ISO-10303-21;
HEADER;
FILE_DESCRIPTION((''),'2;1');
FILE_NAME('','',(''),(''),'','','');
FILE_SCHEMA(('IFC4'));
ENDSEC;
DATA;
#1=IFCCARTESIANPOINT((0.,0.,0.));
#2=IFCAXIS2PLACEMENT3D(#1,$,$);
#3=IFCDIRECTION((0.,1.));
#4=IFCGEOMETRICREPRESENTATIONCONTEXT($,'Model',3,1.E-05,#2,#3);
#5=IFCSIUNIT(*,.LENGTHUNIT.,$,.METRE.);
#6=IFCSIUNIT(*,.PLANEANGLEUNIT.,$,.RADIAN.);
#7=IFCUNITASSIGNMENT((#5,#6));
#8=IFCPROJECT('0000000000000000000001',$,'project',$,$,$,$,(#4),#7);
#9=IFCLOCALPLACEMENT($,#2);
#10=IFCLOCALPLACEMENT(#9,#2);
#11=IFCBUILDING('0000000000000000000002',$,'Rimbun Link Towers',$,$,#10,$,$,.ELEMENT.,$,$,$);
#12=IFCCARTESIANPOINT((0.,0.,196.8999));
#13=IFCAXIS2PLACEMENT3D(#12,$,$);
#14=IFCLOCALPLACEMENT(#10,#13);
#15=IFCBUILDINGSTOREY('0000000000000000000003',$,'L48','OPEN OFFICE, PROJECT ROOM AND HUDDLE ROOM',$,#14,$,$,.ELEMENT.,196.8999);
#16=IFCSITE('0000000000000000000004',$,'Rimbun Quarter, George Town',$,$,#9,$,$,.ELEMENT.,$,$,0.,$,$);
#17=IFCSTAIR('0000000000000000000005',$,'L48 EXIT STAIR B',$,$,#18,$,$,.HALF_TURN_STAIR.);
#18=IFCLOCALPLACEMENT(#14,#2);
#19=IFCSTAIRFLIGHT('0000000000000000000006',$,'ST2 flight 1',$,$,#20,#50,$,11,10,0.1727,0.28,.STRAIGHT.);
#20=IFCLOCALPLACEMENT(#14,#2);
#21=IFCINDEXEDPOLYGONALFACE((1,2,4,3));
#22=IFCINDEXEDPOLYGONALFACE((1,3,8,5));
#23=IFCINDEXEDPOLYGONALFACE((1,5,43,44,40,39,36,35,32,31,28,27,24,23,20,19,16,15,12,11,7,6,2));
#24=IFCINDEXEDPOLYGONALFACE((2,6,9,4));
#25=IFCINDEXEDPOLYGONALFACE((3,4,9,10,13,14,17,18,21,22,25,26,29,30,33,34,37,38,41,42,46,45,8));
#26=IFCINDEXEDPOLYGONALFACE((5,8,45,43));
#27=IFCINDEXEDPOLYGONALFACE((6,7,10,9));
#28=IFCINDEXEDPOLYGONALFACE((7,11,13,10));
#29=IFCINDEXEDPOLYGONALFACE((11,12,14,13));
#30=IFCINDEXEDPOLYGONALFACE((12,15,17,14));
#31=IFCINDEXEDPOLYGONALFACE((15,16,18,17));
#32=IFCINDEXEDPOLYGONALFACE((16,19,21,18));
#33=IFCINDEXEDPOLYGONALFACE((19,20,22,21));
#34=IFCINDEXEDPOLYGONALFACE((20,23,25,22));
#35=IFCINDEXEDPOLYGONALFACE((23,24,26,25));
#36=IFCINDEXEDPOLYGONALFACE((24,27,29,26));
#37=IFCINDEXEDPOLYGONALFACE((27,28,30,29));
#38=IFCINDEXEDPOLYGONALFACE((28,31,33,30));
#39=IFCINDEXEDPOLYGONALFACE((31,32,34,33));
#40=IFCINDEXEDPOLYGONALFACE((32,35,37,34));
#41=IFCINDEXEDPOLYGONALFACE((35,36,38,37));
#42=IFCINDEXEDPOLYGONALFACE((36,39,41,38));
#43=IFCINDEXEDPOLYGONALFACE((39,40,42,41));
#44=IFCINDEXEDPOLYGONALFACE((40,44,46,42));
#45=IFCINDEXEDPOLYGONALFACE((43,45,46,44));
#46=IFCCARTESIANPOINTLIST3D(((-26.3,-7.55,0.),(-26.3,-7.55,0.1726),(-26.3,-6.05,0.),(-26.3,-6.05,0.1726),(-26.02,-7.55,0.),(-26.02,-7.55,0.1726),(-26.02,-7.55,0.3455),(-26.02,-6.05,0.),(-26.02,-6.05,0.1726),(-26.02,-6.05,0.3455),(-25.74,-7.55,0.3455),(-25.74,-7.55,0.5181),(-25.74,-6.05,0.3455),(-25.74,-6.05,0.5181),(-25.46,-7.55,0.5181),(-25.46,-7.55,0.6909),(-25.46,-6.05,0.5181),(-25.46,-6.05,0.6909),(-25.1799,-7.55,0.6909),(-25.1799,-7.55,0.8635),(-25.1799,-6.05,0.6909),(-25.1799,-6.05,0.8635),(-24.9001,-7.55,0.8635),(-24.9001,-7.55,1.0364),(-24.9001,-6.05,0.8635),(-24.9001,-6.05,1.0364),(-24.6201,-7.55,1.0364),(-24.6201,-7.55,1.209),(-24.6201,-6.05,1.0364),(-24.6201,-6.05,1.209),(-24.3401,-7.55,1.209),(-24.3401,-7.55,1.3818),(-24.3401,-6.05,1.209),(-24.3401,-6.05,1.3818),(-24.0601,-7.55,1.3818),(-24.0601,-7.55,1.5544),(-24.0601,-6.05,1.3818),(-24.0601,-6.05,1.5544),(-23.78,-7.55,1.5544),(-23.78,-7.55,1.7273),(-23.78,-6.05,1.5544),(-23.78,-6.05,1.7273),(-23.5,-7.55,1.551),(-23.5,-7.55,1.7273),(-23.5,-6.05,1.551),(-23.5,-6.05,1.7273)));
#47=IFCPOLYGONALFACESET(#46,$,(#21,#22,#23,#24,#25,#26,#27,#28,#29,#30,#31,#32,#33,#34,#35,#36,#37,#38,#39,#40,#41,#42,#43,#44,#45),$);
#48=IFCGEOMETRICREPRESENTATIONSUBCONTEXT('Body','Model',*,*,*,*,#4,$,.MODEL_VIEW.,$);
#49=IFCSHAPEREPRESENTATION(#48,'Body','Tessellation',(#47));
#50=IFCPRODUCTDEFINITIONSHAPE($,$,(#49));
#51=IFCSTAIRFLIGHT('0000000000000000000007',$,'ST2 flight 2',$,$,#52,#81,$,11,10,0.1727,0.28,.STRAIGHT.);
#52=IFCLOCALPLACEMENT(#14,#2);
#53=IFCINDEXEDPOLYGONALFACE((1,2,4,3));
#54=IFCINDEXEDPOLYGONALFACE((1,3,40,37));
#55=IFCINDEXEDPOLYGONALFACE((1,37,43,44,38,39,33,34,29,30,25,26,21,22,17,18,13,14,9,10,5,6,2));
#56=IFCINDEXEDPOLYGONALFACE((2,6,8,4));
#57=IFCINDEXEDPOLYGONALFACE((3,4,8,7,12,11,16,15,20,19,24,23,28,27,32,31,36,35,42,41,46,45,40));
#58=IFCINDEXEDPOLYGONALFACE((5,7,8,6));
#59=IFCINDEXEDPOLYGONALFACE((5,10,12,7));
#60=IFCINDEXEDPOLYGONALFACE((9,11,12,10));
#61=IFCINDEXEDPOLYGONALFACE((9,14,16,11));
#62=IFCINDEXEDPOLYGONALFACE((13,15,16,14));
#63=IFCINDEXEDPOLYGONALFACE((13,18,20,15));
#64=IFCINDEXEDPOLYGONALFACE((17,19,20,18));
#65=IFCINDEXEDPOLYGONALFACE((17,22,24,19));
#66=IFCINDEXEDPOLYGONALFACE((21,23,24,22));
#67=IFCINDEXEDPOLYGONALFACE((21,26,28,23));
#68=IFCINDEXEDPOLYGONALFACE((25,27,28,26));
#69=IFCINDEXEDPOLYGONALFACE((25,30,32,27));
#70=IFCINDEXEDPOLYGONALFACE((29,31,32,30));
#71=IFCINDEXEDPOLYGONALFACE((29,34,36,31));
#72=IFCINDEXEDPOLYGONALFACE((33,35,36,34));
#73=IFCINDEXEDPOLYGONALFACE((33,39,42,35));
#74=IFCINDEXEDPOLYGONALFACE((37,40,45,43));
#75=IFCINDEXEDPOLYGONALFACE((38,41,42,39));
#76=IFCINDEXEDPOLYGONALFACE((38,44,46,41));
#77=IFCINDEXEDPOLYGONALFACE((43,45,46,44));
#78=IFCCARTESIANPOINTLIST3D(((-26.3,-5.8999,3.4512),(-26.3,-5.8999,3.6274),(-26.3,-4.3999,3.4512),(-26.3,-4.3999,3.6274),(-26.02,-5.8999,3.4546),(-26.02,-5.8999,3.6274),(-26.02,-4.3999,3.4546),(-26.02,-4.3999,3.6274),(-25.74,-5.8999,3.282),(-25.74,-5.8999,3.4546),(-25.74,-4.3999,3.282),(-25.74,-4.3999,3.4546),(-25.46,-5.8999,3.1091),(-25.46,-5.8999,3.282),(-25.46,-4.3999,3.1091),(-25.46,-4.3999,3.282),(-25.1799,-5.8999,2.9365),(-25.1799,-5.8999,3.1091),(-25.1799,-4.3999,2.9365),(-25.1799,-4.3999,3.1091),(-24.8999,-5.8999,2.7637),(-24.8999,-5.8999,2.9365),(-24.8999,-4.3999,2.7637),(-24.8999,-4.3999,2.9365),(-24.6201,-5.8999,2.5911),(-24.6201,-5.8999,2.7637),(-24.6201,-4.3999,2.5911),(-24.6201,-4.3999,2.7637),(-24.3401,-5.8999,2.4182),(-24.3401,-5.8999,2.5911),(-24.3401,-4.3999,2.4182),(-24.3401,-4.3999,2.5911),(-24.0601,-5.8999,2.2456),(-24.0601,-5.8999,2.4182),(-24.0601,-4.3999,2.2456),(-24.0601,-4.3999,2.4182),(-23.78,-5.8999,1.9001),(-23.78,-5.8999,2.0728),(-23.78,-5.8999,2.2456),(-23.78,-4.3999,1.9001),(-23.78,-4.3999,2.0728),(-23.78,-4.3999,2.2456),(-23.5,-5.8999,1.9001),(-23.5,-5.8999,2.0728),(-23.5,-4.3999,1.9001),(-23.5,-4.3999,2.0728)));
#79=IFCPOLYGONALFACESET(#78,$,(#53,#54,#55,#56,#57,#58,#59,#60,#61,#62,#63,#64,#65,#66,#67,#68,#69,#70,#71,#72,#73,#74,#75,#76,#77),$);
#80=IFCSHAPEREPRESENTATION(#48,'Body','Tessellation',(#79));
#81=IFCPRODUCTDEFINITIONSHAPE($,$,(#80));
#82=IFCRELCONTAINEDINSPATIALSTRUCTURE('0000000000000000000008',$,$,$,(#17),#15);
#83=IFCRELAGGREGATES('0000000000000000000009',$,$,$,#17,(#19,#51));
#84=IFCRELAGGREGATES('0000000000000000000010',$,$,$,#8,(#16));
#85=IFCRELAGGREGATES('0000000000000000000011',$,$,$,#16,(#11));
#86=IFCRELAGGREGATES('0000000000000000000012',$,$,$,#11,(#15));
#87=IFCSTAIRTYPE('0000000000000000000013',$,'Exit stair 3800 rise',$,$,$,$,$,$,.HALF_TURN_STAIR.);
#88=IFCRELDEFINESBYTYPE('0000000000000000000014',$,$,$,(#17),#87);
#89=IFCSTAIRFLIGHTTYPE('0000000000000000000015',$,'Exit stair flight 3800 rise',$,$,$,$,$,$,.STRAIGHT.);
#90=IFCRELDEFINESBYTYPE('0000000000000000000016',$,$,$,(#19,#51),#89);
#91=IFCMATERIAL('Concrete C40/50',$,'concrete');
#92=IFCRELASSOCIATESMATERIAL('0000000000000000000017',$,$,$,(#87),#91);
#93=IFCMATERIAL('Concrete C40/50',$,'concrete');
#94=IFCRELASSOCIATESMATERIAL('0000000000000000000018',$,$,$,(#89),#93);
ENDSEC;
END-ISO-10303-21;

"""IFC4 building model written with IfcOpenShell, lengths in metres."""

from ifc_helpers import new_model, si_unit, direction, frame, origin, place, context, subcontext, project, spatial, polyline, outline, extrude, material, type_object, element, aggregate, save


model = new_model("IFC4")

# Units and contexts
model_context = context("Model", 3, precision=1e-05, world=origin(), true_north=direction((0.0, 1.0)))
body_context = subcontext(model_context, "Body", "Model", "MODEL_VIEW")
ifc_project = project(units=[si_unit("LENGTHUNIT", "METRE"), si_unit("PLANEANGLEUNIT", "RADIAN")], contexts=[model_context])

# Site, building, storey
site_placement = place(None, origin())
site = spatial("IfcSite", under=ifc_project, at=site_placement, Name="Rimbun Quarter, George Town", CompositionType="ELEMENT", RefElevation=0.0)
building_placement = place(site_placement, origin())
building = spatial("IfcBuilding", under=site, at=building_placement, Name="Rimbun Link Towers", CompositionType="ELEMENT")
storey_placement = place(building_placement, frame((0.0, 0.0, 196.8999)))
storey = spatial("IfcBuildingStorey", under=building, at=storey_placement, Name="L48", Description="OPEN OFFICE, PROJECT ROOM AND HUDDLE ROOM", CompositionType="ELEMENT", Elevation=196.8999)

# Stair, stair flights
ifc_material_1 = material(Name="Concrete C40/50", Category="concrete")
stair_type = type_object("IfcStairType", Name="Exit stair 3800 rise", PredefinedType="HALF_TURN_STAIR", material=ifc_material_1)
stair_placement = place(storey_placement, origin())
stair = element("IfcStair", 1, at=stair_placement, inside=storey, type_object=stair_type, Name="L48 EXIT STAIR B", PredefinedType="HALF_TURN_STAIR")
ifc_material_2 = material(Name="Concrete C40/50", Category="concrete")
stair_flight_type = type_object("IfcStairFlightType", Name="Exit stair flight 3800 rise", PredefinedType="STRAIGHT", material=ifc_material_2)
stair_flight_1_placement = place(storey_placement, frame((-26.3, -6.8, 0.0), z_axis=(0.0, 0.0, 1.0), x_axis=(1.0, 0.0, 0.0)))
stair_flight_1 = element("IfcStairFlight", 2, at=stair_flight_1_placement, type_object=stair_flight_type, Name="ST2 flight 1", NumberOfRisers=11, NumberOfTreads=10, PredefinedType="STRAIGHT", RiserHeight=0.1727, TreadLength=0.28, context=body_context, shape_type="SweptSolid", body=[
    extrude(outline(polyline([(0.0, 0.0), (0.0, 0.1726), (0.28, 0.1726), (0.28, 0.3455), (0.5601, 0.3455), (0.5601, 0.5181), (0.8401, 0.5181), (0.8401, 0.6909), (1.1201, 0.6909), (1.1201, 0.8635), (1.3999, 0.8635), (1.3999, 1.0364), (1.6799, 1.0364), (1.6799, 1.209), (1.96, 1.209), (1.96, 1.3818), (2.24, 1.3818), (2.24, 1.5544), (2.52, 1.5544), (2.52, 1.7273), (2.8, 1.7273), (2.8, 1.8999), (2.8, 1.551), (0.28, 0.0), (0.0, 0.0)])), frame((0.0, 0.75, 0.0), z_axis=(0.0, -1.0, 0.0), x_axis=(1.0, 0.0, 0.0)), (0.0, 0.0, 1.0), 1.5),
])
stair_flight_2_placement = place(storey_placement, frame((-23.5, -5.1499, 1.9001), z_axis=(0.0, 0.0, 1.0), x_axis=(-1.0, 0.0, 0.0)))
stair_flight_2 = element("IfcStairFlight", 3, at=stair_flight_2_placement, type_object=stair_flight_type, Name="ST2 flight 2", NumberOfRisers=11, NumberOfTreads=10, PredefinedType="STRAIGHT", RiserHeight=0.1727, TreadLength=0.28, context=body_context, shape_type="SweptSolid", body=[
    extrude(outline(polyline([(0.0, 0.0), (0.0, 0.1726), (0.28, 0.1726), (0.28, 0.3455), (0.5601, 0.3455), (0.5601, 0.5181), (0.8401, 0.5181), (0.8401, 0.6909), (1.1201, 0.6909), (1.1201, 0.8635), (1.3999, 0.8635), (1.3999, 1.0364), (1.6799, 1.0364), (1.6799, 1.209), (1.96, 1.209), (1.96, 1.3818), (2.24, 1.3818), (2.24, 1.5544), (2.52, 1.5544), (2.52, 1.7273), (2.8, 1.7273), (2.8, 1.8999), (2.8, 1.551), (0.28, 0.0), (0.0, 0.0)])), frame((0.0, 0.75, 0.0), z_axis=(0.0, -1.0, 0.0), x_axis=(1.0, 0.0, 0.0)), (0.0, 0.0, 1.0), 1.5),
])
aggregate(stair, [stair_flight_1, stair_flight_2])

save(model, "model.ifc")
